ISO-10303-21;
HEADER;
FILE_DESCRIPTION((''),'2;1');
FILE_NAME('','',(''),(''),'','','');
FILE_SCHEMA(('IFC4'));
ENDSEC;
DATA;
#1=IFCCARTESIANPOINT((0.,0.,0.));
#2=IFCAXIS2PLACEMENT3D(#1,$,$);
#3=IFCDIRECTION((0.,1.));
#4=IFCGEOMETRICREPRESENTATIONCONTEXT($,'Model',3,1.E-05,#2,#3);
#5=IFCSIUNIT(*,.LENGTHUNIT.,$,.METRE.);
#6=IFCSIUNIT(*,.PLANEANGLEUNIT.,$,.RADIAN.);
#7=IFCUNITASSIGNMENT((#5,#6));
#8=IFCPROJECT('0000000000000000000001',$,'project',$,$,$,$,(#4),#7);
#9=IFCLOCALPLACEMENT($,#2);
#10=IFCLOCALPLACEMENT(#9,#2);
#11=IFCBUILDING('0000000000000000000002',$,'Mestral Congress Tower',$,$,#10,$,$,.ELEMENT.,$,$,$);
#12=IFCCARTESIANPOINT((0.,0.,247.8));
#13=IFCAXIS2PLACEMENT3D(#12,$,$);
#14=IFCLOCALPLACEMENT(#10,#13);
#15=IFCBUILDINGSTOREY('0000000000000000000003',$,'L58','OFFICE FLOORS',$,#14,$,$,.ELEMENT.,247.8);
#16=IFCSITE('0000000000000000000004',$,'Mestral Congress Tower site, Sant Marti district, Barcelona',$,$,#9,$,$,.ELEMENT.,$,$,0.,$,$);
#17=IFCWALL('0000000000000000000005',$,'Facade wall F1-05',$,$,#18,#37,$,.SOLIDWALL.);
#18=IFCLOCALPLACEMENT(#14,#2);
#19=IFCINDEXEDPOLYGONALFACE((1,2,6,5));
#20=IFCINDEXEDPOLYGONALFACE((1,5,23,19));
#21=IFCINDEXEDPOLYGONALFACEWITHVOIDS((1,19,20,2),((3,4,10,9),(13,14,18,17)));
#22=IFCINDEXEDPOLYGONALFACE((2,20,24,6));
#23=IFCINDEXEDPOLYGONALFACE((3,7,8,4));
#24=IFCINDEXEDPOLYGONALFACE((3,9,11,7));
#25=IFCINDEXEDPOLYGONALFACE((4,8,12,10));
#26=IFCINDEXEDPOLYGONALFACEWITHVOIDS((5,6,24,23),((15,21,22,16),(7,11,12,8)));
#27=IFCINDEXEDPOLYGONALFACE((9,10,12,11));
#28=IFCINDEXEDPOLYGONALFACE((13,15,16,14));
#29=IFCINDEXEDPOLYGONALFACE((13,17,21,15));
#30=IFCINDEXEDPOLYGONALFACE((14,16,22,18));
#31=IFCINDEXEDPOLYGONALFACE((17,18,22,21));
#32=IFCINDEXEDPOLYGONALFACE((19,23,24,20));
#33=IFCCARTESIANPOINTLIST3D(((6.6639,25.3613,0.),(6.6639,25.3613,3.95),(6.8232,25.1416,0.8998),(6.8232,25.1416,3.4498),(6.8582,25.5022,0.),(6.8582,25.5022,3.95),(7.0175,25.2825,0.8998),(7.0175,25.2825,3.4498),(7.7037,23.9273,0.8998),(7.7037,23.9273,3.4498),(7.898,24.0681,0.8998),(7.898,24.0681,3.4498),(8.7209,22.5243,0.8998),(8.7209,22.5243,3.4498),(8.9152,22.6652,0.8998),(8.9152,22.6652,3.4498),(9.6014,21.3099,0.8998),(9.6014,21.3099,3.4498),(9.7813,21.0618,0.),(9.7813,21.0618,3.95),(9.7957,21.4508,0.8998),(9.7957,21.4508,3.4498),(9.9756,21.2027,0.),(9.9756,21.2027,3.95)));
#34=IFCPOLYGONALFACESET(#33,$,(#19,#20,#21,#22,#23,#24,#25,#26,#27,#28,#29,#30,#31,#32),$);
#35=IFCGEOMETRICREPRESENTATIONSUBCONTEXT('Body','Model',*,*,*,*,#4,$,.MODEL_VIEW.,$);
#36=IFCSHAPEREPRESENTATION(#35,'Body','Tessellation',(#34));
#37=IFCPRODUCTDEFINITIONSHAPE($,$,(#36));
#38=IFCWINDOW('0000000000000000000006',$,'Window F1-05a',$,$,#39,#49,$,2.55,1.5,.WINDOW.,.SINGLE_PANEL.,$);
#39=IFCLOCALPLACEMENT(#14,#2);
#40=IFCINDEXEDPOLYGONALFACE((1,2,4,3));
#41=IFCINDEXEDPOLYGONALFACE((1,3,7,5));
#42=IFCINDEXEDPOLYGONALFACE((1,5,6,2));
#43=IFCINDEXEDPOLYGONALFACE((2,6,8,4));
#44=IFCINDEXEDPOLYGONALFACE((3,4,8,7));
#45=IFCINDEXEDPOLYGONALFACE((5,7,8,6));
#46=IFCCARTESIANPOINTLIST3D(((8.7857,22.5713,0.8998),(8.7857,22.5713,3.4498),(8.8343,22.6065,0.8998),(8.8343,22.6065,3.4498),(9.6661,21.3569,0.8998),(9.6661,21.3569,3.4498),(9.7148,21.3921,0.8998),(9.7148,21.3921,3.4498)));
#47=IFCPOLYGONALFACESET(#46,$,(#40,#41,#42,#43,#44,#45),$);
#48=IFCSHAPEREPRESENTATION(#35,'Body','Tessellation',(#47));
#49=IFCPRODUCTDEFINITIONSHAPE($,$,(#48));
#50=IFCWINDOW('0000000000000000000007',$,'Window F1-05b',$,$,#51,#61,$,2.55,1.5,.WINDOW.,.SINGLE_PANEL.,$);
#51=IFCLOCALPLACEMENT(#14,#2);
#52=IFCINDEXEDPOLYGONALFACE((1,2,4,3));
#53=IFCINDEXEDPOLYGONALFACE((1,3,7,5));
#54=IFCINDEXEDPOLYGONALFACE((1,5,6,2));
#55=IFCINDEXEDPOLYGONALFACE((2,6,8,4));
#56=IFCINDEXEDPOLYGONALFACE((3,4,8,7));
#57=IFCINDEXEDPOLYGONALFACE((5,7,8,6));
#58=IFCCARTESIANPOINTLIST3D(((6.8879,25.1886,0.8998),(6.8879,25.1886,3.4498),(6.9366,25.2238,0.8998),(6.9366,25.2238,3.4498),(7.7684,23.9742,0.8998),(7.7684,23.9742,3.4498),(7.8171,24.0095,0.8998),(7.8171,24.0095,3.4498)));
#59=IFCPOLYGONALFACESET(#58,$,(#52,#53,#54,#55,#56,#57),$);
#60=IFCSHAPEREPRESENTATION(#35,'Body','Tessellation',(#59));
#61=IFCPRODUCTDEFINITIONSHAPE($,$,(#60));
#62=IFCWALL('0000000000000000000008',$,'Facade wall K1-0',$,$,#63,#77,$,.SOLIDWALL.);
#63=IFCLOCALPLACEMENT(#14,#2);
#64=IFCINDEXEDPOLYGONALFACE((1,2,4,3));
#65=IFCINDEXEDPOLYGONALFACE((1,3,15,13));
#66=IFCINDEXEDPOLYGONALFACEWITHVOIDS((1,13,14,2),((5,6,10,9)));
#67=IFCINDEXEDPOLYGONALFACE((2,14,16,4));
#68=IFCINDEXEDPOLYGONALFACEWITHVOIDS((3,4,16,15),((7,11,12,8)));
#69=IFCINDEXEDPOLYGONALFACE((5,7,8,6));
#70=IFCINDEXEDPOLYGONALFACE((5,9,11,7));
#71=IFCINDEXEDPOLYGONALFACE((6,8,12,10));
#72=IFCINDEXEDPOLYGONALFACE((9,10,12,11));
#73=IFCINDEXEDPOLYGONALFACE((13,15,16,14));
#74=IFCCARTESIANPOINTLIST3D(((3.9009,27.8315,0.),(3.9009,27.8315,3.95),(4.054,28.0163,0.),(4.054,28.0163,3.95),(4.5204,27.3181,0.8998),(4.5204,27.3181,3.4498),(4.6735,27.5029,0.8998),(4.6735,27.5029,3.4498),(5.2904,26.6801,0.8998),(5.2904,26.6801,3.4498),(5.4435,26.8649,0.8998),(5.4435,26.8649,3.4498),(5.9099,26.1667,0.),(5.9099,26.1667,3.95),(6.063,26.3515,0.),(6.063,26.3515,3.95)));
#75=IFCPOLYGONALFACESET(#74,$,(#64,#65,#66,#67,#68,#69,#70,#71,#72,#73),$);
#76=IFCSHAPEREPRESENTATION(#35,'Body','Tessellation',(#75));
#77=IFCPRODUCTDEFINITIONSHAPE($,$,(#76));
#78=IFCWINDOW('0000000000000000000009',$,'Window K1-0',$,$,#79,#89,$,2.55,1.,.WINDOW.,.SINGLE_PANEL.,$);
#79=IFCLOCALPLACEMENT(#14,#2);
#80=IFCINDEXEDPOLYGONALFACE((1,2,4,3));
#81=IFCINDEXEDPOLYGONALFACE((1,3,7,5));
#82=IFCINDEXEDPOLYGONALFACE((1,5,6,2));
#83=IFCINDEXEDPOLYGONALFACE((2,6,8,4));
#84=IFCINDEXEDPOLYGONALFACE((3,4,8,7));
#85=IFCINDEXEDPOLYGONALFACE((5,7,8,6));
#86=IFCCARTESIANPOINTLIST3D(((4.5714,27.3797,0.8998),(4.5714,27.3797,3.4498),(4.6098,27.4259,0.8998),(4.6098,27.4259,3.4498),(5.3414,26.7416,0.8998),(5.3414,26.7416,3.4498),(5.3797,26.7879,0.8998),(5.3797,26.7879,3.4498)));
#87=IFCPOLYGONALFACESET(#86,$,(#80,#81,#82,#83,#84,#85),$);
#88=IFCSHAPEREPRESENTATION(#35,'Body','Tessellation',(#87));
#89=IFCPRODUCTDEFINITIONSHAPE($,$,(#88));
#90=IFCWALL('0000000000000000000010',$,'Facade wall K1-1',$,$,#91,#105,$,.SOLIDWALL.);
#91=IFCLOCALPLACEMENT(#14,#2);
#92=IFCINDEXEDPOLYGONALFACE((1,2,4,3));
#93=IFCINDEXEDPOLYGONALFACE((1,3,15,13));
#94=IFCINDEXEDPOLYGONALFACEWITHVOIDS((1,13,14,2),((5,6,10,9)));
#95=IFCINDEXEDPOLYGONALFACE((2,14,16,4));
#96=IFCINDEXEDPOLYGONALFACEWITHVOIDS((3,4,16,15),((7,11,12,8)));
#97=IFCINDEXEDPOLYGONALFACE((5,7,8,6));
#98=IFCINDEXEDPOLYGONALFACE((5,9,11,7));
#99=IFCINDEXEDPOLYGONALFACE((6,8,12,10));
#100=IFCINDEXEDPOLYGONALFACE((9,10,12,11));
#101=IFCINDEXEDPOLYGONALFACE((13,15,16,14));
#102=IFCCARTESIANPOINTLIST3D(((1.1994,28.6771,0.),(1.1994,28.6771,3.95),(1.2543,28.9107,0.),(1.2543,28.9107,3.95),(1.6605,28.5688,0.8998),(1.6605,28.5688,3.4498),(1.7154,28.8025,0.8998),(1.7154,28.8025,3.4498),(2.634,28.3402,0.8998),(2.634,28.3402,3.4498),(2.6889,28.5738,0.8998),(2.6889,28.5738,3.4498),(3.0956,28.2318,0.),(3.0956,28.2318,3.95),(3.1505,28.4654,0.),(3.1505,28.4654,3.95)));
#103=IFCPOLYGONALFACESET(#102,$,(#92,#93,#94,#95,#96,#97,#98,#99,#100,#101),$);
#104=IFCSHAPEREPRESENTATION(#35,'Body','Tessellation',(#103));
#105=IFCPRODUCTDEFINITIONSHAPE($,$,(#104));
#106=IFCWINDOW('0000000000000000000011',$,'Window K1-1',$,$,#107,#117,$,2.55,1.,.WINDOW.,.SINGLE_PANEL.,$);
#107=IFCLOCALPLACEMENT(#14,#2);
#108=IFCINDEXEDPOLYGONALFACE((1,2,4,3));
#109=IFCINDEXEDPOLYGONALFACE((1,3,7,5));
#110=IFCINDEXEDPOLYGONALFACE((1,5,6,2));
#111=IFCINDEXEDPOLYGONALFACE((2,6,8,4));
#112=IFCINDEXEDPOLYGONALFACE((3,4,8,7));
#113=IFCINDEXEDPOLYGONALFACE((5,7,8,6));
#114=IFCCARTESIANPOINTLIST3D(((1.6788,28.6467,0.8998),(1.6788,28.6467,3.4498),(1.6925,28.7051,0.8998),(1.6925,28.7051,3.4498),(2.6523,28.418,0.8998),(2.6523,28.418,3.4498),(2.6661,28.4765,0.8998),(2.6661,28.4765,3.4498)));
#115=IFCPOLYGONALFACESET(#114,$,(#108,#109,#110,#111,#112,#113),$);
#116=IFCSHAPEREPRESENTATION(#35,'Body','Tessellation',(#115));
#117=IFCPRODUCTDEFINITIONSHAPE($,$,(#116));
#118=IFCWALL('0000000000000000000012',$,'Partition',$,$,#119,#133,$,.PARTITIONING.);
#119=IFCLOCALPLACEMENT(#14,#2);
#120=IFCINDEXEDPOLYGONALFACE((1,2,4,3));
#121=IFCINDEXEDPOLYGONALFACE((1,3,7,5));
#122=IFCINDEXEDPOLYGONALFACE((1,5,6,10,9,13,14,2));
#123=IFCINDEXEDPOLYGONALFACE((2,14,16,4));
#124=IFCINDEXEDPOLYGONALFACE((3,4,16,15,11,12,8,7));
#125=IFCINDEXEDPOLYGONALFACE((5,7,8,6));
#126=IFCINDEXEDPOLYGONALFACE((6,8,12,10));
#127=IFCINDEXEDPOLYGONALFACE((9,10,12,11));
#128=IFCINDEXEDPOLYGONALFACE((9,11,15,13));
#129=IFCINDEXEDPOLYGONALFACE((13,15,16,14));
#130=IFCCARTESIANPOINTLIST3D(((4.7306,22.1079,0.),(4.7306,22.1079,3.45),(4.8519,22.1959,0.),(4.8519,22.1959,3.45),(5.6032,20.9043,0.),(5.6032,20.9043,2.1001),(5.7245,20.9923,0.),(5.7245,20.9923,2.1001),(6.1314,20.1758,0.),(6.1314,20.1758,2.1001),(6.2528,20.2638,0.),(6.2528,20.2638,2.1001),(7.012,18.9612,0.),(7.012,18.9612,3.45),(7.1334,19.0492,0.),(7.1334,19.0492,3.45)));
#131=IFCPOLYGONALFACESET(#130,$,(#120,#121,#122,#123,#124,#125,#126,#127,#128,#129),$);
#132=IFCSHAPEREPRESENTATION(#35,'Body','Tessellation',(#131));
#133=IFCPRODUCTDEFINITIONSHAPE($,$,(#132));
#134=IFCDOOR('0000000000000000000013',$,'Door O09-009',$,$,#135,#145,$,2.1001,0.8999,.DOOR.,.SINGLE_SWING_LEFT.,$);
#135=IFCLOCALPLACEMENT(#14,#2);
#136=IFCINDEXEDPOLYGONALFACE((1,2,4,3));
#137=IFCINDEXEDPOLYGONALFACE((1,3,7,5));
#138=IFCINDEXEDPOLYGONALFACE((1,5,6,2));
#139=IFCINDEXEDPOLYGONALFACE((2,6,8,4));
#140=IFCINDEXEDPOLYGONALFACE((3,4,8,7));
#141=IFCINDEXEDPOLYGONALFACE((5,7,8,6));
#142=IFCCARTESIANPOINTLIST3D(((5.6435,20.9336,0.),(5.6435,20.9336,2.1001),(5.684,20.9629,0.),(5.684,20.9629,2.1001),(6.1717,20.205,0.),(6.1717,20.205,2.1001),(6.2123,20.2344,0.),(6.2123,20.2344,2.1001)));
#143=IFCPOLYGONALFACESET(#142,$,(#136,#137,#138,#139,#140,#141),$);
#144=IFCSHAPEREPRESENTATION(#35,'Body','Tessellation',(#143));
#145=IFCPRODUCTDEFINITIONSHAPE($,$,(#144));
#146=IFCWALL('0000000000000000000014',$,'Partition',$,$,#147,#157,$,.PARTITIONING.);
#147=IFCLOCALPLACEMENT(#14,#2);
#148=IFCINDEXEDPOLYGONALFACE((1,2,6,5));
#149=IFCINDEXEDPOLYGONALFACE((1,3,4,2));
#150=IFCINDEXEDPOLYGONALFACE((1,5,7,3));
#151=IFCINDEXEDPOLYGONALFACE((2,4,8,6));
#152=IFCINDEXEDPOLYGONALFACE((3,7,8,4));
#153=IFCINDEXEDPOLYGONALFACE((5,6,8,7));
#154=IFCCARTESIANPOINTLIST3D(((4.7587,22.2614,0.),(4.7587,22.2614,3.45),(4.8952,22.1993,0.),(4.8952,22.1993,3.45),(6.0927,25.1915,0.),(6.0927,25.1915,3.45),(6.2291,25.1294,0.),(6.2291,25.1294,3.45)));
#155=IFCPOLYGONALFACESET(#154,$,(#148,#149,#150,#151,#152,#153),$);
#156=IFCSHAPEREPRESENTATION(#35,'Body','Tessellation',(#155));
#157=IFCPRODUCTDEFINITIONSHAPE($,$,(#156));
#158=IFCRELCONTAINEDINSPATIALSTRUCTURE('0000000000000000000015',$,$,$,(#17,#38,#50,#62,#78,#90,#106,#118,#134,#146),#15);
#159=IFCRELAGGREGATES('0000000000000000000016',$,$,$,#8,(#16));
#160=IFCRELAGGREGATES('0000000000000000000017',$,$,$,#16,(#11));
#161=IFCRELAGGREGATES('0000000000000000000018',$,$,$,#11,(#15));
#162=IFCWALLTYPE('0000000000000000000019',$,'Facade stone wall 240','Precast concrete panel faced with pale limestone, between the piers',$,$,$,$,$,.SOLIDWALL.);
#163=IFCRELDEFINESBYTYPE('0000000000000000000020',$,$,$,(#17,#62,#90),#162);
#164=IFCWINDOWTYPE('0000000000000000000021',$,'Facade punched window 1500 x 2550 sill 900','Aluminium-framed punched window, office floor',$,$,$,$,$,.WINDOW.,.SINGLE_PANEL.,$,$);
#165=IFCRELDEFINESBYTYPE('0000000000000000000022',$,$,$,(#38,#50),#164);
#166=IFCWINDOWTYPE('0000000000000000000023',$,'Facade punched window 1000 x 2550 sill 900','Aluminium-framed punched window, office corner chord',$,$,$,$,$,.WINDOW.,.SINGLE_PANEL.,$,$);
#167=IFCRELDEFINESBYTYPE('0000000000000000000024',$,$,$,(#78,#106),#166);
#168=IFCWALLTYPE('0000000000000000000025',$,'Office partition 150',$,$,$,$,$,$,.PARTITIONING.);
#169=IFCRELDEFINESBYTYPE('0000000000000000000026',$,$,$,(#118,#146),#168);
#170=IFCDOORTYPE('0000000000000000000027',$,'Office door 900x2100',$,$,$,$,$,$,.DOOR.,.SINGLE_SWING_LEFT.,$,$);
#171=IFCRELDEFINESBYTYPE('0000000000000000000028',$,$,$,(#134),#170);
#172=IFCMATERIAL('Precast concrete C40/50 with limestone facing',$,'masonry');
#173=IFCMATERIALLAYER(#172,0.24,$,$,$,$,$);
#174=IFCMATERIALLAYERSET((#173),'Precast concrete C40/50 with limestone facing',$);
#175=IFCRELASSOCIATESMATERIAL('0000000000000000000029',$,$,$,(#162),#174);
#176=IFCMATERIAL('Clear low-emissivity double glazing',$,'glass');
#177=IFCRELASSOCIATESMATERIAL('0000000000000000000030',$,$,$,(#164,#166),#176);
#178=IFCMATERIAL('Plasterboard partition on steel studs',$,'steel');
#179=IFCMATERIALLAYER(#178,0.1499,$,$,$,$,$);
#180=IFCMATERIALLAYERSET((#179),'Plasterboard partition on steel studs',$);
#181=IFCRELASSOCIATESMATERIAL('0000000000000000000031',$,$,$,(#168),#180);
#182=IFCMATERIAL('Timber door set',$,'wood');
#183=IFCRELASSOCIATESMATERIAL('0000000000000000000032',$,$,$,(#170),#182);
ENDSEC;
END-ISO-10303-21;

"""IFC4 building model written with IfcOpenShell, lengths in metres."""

from ifc_helpers import new_model, si_unit, direction, frame, frame_2d, origin, place, context, subcontext, project, spatial, rectangle, extrude, material, layer, layer_set, type_object, element, fill, save


model = new_model("IFC4")

# Units and contexts
model_context = context("Model", 3, precision=1e-05, world=origin(), true_north=direction((0.0, 1.0)))
body_context = subcontext(model_context, "Body", "Model", "MODEL_VIEW")
ifc_project = project(units=[si_unit("LENGTHUNIT", "METRE"), si_unit("PLANEANGLEUNIT", "RADIAN")], contexts=[model_context])

# Site, building, storey
site_placement = place(None, origin())
site = spatial("IfcSite", under=ifc_project, at=site_placement, Name="Mestral Congress Tower site, Sant Marti district, Barcelona", CompositionType="ELEMENT", RefElevation=0.0)
building_placement = place(site_placement, origin())
building = spatial("IfcBuilding", under=site, at=building_placement, Name="Mestral Congress Tower", CompositionType="ELEMENT")
storey_placement = place(building_placement, frame((0.0, 0.0, 247.8)))
storey = spatial("IfcBuildingStorey", under=building, at=storey_placement, Name="L58", Description="OFFICE FLOORS", CompositionType="ELEMENT", Elevation=247.8)

# Wall, openings, windows
ifc_material_1 = material(Name="Precast concrete C40/50 with limestone facing", Category="masonry")
ifc_layer_1 = layer(ifc_material_1, 0.24)
ifc_layer_set_1 = layer_set([ifc_layer_1], Name="Precast concrete C40/50 with limestone facing")
wall_type_1 = type_object("IfcWallType", Name="Facade stone wall 240", Description="Precast concrete panel faced with pale limestone, between the piers", PredefinedType="SOLIDWALL", material=ifc_layer_set_1)
wall_1_placement = place(storey_placement, frame((9.8784, 21.1323, 0.0), z_axis=(0.0, 0.0, 1.0), x_axis=(-0.586998, 0.809588, 0.0)))
wall_1 = element("IfcWall", 1, at=wall_1_placement, inside=storey, type_object=wall_type_1, Name="Facade wall F1-05", PredefinedType="SOLIDWALL", context=body_context, shape_type="SweptSolid", body=[
    extrude(rectangle(XDim=5.3108, YDim=0.24, at=frame_2d((2.6553, 0.0))), origin(), (0.0, 0.0, 1.0), 3.95),
])
opening_1_placement = place(wall_1_placement, frame((0.3064, 0.0, 0.8999)))
opening_1 = element("IfcOpeningElement", 2, at=opening_1_placement, cuts=wall_1, PredefinedType="OPENING", context=body_context, shape_type="SweptSolid", body=[
    extrude(rectangle(XDim=1.5, YDim=2.55, at=frame_2d((0.75, 1.2749))), frame((0.0, 0.1299, 0.0), z_axis=(0.0, -1.0, 0.0), x_axis=(1.0, 0.0, 0.0)), (0.0, 0.0, 1.0), 0.26),
])
opening_2_placement = place(wall_1_placement, frame((3.5393, 0.0, 0.8999)))
opening_2 = element("IfcOpeningElement", 3, at=opening_2_placement, cuts=wall_1, PredefinedType="OPENING", context=body_context, shape_type="SweptSolid", body=[
    extrude(rectangle(XDim=1.5, YDim=2.55, at=frame_2d((0.75, 1.2749))), frame((0.0, 0.1299, 0.0), z_axis=(0.0, -1.0, 0.0), x_axis=(1.0, 0.0, 0.0)), (0.0, 0.0, 1.0), 0.26),
])
ifc_material_2 = material(Name="Clear low-emissivity double glazing", Category="glass")
window_type_1 = type_object("IfcWindowType", Name="Facade punched window 1500 x 2550 sill 900", Description="Aluminium-framed punched window, office floor", PartitioningType="SINGLE_PANEL", PredefinedType="WINDOW", material=ifc_material_2)
window_1_placement = place(opening_1_placement, origin())
window_1 = element("IfcWindow", 4, at=window_1_placement, inside=storey, type_object=window_type_1, Name="Window F1-05a", OverallHeight=2.55, OverallWidth=1.5, PartitioningType="SINGLE_PANEL", PredefinedType="WINDOW", context=body_context, shape_type="SweptSolid", body=[
    extrude(rectangle(XDim=1.5, YDim=2.55, at=frame_2d((0.75, 1.2749))), frame((0.0, 0.04, 0.0), z_axis=(0.0, -1.0, 0.0), x_axis=(1.0, 0.0, 0.0)), (0.0, 0.0, 1.0), 0.0601),
])
fill(opening_1, window_1)
window_2_placement = place(opening_2_placement, origin())
window_2 = element("IfcWindow", 5, at=window_2_placement, inside=storey, type_object=window_type_1, Name="Window F1-05b", OverallHeight=2.55, OverallWidth=1.5, PartitioningType="SINGLE_PANEL", PredefinedType="WINDOW", context=body_context, shape_type="SweptSolid", body=[
    extrude(rectangle(XDim=1.5, YDim=2.55, at=frame_2d((0.75, 1.2749))), frame((0.0, 0.04, 0.0), z_axis=(0.0, -1.0, 0.0), x_axis=(1.0, 0.0, 0.0)), (0.0, 0.0, 1.0), 0.0601),
])
fill(opening_2, window_2)

# Walls, openings, windows
wall_2_placement = place(storey_placement, frame((5.9866, 26.259, 0.0), z_axis=(0.0, 0.0, 1.0), x_axis=(-0.76999, 0.638056, 0.0)))
wall_2 = element("IfcWall", 6, at=wall_2_placement, inside=storey, type_object=wall_type_1, Name="Facade wall K1-0", PredefinedType="SOLIDWALL", context=body_context, shape_type="SweptSolid", body=[
    extrude(rectangle(XDim=2.6091, YDim=0.24, at=frame_2d((1.3047, 0.0))), origin(), (0.0, 0.0, 1.0), 3.95),
])
opening_3_placement = place(wall_2_placement, frame((0.8047, 0.0, 0.8999)))
opening_3 = element("IfcOpeningElement", 7, at=opening_3_placement, cuts=wall_2, PredefinedType="OPENING", context=body_context, shape_type="SweptSolid", body=[
    extrude(rectangle(XDim=1.0, YDim=2.55, at=frame_2d((0.5, 1.2749))), frame((0.0, 0.1299, 0.0), z_axis=(0.0, -1.0, 0.0), x_axis=(1.0, 0.0, 0.0)), (0.0, 0.0, 1.0), 0.26),
])
window_type_2 = type_object("IfcWindowType", Name="Facade punched window 1000 x 2550 sill 900", Description="Aluminium-framed punched window, office corner chord", PartitioningType="SINGLE_PANEL", PredefinedType="WINDOW", material=ifc_material_2)
window_3_placement = place(opening_3_placement, origin())
window_3 = element("IfcWindow", 8, at=window_3_placement, inside=storey, type_object=window_type_2, Name="Window K1-0", OverallHeight=2.55, OverallWidth=1.0, PartitioningType="SINGLE_PANEL", PredefinedType="WINDOW", context=body_context, shape_type="SweptSolid", body=[
    extrude(rectangle(XDim=1.0, YDim=2.55, at=frame_2d((0.5, 1.2749))), frame((0.0, 0.04, 0.0), z_axis=(0.0, -1.0, 0.0), x_axis=(1.0, 0.0, 0.0)), (0.0, 0.0, 1.0), 0.0601),
])
fill(opening_3, window_3)
wall_3_placement = place(storey_placement, frame((3.123, 28.3486, 0.0), z_axis=(0.0, 0.0, 1.0), x_axis=(-0.973516, 0.22862, 0.0)))
wall_3 = element("IfcWall", 9, at=wall_3_placement, inside=storey, type_object=wall_type_1, Name="Facade wall K1-1", PredefinedType="SOLIDWALL", context=body_context, shape_type="SweptSolid", body=[
    extrude(rectangle(XDim=1.9478, YDim=0.24, at=frame_2d((0.9739, 0.0))), origin(), (0.0, 0.0, 1.0), 3.95),
])
opening_4_placement = place(wall_3_placement, frame((0.4741, 0.0, 0.8999)))
opening_4 = element("IfcOpeningElement", 10, at=opening_4_placement, cuts=wall_3, PredefinedType="OPENING", context=body_context, shape_type="SweptSolid", body=[
    extrude(rectangle(XDim=1.0, YDim=2.55, at=frame_2d((0.5, 1.2749))), frame((0.0, 0.1299, 0.0), z_axis=(0.0, -1.0, 0.0), x_axis=(1.0, 0.0, 0.0)), (0.0, 0.0, 1.0), 0.26),
])
window_4_placement = place(opening_4_placement, origin())
window_4 = element("IfcWindow", 11, at=window_4_placement, inside=storey, type_object=window_type_2, Name="Window K1-1", OverallHeight=2.55, OverallWidth=1.0, PartitioningType="SINGLE_PANEL", PredefinedType="WINDOW", context=body_context, shape_type="SweptSolid", body=[
    extrude(rectangle(XDim=1.0, YDim=2.55, at=frame_2d((0.5, 1.2749))), frame((0.0, 0.04, 0.0), z_axis=(0.0, -1.0, 0.0), x_axis=(1.0, 0.0, 0.0)), (0.0, 0.0, 1.0), 0.0601),
])
fill(opening_4, window_4)

# Wall, opening, door
ifc_material_3 = material(Name="Plasterboard partition on steel studs", Category="steel")
ifc_layer_2 = layer(ifc_material_3, 0.1499)
ifc_layer_set_2 = layer_set([ifc_layer_2], Name="Plasterboard partition on steel studs")
wall_type_2 = type_object("IfcWallType", Name="Office partition 150", PredefinedType="PARTITIONING", material=ifc_layer_set_2)
wall_4_placement = place(storey_placement, frame((4.7913, 22.1519, 0.0), z_axis=(0.0, 0.0, 1.0), x_axis=(0.586987, -0.809596, 0.0)))
wall_4 = element("IfcWall", 12, at=wall_4_placement, inside=storey, type_object=wall_type_2, Name="Partition", PredefinedType="PARTITIONING", context=body_context, shape_type="SweptSolid", body=[
    extrude(rectangle(XDim=3.8867, YDim=0.1499, at=frame_2d((1.9434, 0.0))), origin(), (0.0, 0.0, 1.0), 3.45),
])
opening_5_placement = place(wall_4_placement, frame((1.4866, 0.0, 0.0)))
opening_5 = element("IfcOpeningElement", 13, at=opening_5_placement, cuts=wall_4, PredefinedType="OPENING", context=body_context, shape_type="SweptSolid", body=[
    extrude(rectangle(XDim=0.8999, YDim=2.1001, at=frame_2d((0.45, 1.05))), frame((0.0, 0.085, 0.0), z_axis=(0.0, -1.0, 0.0), x_axis=(1.0, 0.0, 0.0)), (0.0, 0.0, 1.0), 0.1699),
])
ifc_material_4 = material(Name="Timber door set", Category="wood")
door_type_1 = type_object("IfcDoorType", Name="Office door 900x2100", OperationType="SINGLE_SWING_LEFT", PredefinedType="DOOR", material=ifc_material_4)
door_1_placement = place(opening_5_placement, origin())
door_1 = element("IfcDoor", 14, at=door_1_placement, inside=storey, type_object=door_type_1, Name="Door O09-009", OperationType="SINGLE_SWING_LEFT", OverallHeight=2.1001, OverallWidth=0.8999, PredefinedType="DOOR", context=body_context, shape_type="SweptSolid", body=[
    extrude(rectangle(XDim=0.8999, YDim=2.1001, at=frame_2d((0.45, 1.05))), frame((0.0, 0.0249, 0.0), z_axis=(0.0, -1.0, 0.0), x_axis=(1.0, 0.0, 0.0)), (0.0, 0.0, 1.0), 0.05),
])
fill(opening_5, door_1)

# Wall
wall_5_placement = place(storey_placement, frame((4.8269, 22.2302, 0.0), z_axis=(0.0, 0.0, 1.0), x_axis=(0.41434, 0.910122, 0.0)))
element("IfcWall", 15, at=wall_5_placement, inside=storey, type_object=wall_type_2, Name="Partition", PredefinedType="PARTITIONING", context=body_context, shape_type="SweptSolid", body=[
    extrude(rectangle(XDim=3.2195, YDim=0.1499, at=frame_2d((1.6099, 0.0))), origin(), (0.0, 0.0, 1.0), 3.45),
])

save(model, "model.ifc")
